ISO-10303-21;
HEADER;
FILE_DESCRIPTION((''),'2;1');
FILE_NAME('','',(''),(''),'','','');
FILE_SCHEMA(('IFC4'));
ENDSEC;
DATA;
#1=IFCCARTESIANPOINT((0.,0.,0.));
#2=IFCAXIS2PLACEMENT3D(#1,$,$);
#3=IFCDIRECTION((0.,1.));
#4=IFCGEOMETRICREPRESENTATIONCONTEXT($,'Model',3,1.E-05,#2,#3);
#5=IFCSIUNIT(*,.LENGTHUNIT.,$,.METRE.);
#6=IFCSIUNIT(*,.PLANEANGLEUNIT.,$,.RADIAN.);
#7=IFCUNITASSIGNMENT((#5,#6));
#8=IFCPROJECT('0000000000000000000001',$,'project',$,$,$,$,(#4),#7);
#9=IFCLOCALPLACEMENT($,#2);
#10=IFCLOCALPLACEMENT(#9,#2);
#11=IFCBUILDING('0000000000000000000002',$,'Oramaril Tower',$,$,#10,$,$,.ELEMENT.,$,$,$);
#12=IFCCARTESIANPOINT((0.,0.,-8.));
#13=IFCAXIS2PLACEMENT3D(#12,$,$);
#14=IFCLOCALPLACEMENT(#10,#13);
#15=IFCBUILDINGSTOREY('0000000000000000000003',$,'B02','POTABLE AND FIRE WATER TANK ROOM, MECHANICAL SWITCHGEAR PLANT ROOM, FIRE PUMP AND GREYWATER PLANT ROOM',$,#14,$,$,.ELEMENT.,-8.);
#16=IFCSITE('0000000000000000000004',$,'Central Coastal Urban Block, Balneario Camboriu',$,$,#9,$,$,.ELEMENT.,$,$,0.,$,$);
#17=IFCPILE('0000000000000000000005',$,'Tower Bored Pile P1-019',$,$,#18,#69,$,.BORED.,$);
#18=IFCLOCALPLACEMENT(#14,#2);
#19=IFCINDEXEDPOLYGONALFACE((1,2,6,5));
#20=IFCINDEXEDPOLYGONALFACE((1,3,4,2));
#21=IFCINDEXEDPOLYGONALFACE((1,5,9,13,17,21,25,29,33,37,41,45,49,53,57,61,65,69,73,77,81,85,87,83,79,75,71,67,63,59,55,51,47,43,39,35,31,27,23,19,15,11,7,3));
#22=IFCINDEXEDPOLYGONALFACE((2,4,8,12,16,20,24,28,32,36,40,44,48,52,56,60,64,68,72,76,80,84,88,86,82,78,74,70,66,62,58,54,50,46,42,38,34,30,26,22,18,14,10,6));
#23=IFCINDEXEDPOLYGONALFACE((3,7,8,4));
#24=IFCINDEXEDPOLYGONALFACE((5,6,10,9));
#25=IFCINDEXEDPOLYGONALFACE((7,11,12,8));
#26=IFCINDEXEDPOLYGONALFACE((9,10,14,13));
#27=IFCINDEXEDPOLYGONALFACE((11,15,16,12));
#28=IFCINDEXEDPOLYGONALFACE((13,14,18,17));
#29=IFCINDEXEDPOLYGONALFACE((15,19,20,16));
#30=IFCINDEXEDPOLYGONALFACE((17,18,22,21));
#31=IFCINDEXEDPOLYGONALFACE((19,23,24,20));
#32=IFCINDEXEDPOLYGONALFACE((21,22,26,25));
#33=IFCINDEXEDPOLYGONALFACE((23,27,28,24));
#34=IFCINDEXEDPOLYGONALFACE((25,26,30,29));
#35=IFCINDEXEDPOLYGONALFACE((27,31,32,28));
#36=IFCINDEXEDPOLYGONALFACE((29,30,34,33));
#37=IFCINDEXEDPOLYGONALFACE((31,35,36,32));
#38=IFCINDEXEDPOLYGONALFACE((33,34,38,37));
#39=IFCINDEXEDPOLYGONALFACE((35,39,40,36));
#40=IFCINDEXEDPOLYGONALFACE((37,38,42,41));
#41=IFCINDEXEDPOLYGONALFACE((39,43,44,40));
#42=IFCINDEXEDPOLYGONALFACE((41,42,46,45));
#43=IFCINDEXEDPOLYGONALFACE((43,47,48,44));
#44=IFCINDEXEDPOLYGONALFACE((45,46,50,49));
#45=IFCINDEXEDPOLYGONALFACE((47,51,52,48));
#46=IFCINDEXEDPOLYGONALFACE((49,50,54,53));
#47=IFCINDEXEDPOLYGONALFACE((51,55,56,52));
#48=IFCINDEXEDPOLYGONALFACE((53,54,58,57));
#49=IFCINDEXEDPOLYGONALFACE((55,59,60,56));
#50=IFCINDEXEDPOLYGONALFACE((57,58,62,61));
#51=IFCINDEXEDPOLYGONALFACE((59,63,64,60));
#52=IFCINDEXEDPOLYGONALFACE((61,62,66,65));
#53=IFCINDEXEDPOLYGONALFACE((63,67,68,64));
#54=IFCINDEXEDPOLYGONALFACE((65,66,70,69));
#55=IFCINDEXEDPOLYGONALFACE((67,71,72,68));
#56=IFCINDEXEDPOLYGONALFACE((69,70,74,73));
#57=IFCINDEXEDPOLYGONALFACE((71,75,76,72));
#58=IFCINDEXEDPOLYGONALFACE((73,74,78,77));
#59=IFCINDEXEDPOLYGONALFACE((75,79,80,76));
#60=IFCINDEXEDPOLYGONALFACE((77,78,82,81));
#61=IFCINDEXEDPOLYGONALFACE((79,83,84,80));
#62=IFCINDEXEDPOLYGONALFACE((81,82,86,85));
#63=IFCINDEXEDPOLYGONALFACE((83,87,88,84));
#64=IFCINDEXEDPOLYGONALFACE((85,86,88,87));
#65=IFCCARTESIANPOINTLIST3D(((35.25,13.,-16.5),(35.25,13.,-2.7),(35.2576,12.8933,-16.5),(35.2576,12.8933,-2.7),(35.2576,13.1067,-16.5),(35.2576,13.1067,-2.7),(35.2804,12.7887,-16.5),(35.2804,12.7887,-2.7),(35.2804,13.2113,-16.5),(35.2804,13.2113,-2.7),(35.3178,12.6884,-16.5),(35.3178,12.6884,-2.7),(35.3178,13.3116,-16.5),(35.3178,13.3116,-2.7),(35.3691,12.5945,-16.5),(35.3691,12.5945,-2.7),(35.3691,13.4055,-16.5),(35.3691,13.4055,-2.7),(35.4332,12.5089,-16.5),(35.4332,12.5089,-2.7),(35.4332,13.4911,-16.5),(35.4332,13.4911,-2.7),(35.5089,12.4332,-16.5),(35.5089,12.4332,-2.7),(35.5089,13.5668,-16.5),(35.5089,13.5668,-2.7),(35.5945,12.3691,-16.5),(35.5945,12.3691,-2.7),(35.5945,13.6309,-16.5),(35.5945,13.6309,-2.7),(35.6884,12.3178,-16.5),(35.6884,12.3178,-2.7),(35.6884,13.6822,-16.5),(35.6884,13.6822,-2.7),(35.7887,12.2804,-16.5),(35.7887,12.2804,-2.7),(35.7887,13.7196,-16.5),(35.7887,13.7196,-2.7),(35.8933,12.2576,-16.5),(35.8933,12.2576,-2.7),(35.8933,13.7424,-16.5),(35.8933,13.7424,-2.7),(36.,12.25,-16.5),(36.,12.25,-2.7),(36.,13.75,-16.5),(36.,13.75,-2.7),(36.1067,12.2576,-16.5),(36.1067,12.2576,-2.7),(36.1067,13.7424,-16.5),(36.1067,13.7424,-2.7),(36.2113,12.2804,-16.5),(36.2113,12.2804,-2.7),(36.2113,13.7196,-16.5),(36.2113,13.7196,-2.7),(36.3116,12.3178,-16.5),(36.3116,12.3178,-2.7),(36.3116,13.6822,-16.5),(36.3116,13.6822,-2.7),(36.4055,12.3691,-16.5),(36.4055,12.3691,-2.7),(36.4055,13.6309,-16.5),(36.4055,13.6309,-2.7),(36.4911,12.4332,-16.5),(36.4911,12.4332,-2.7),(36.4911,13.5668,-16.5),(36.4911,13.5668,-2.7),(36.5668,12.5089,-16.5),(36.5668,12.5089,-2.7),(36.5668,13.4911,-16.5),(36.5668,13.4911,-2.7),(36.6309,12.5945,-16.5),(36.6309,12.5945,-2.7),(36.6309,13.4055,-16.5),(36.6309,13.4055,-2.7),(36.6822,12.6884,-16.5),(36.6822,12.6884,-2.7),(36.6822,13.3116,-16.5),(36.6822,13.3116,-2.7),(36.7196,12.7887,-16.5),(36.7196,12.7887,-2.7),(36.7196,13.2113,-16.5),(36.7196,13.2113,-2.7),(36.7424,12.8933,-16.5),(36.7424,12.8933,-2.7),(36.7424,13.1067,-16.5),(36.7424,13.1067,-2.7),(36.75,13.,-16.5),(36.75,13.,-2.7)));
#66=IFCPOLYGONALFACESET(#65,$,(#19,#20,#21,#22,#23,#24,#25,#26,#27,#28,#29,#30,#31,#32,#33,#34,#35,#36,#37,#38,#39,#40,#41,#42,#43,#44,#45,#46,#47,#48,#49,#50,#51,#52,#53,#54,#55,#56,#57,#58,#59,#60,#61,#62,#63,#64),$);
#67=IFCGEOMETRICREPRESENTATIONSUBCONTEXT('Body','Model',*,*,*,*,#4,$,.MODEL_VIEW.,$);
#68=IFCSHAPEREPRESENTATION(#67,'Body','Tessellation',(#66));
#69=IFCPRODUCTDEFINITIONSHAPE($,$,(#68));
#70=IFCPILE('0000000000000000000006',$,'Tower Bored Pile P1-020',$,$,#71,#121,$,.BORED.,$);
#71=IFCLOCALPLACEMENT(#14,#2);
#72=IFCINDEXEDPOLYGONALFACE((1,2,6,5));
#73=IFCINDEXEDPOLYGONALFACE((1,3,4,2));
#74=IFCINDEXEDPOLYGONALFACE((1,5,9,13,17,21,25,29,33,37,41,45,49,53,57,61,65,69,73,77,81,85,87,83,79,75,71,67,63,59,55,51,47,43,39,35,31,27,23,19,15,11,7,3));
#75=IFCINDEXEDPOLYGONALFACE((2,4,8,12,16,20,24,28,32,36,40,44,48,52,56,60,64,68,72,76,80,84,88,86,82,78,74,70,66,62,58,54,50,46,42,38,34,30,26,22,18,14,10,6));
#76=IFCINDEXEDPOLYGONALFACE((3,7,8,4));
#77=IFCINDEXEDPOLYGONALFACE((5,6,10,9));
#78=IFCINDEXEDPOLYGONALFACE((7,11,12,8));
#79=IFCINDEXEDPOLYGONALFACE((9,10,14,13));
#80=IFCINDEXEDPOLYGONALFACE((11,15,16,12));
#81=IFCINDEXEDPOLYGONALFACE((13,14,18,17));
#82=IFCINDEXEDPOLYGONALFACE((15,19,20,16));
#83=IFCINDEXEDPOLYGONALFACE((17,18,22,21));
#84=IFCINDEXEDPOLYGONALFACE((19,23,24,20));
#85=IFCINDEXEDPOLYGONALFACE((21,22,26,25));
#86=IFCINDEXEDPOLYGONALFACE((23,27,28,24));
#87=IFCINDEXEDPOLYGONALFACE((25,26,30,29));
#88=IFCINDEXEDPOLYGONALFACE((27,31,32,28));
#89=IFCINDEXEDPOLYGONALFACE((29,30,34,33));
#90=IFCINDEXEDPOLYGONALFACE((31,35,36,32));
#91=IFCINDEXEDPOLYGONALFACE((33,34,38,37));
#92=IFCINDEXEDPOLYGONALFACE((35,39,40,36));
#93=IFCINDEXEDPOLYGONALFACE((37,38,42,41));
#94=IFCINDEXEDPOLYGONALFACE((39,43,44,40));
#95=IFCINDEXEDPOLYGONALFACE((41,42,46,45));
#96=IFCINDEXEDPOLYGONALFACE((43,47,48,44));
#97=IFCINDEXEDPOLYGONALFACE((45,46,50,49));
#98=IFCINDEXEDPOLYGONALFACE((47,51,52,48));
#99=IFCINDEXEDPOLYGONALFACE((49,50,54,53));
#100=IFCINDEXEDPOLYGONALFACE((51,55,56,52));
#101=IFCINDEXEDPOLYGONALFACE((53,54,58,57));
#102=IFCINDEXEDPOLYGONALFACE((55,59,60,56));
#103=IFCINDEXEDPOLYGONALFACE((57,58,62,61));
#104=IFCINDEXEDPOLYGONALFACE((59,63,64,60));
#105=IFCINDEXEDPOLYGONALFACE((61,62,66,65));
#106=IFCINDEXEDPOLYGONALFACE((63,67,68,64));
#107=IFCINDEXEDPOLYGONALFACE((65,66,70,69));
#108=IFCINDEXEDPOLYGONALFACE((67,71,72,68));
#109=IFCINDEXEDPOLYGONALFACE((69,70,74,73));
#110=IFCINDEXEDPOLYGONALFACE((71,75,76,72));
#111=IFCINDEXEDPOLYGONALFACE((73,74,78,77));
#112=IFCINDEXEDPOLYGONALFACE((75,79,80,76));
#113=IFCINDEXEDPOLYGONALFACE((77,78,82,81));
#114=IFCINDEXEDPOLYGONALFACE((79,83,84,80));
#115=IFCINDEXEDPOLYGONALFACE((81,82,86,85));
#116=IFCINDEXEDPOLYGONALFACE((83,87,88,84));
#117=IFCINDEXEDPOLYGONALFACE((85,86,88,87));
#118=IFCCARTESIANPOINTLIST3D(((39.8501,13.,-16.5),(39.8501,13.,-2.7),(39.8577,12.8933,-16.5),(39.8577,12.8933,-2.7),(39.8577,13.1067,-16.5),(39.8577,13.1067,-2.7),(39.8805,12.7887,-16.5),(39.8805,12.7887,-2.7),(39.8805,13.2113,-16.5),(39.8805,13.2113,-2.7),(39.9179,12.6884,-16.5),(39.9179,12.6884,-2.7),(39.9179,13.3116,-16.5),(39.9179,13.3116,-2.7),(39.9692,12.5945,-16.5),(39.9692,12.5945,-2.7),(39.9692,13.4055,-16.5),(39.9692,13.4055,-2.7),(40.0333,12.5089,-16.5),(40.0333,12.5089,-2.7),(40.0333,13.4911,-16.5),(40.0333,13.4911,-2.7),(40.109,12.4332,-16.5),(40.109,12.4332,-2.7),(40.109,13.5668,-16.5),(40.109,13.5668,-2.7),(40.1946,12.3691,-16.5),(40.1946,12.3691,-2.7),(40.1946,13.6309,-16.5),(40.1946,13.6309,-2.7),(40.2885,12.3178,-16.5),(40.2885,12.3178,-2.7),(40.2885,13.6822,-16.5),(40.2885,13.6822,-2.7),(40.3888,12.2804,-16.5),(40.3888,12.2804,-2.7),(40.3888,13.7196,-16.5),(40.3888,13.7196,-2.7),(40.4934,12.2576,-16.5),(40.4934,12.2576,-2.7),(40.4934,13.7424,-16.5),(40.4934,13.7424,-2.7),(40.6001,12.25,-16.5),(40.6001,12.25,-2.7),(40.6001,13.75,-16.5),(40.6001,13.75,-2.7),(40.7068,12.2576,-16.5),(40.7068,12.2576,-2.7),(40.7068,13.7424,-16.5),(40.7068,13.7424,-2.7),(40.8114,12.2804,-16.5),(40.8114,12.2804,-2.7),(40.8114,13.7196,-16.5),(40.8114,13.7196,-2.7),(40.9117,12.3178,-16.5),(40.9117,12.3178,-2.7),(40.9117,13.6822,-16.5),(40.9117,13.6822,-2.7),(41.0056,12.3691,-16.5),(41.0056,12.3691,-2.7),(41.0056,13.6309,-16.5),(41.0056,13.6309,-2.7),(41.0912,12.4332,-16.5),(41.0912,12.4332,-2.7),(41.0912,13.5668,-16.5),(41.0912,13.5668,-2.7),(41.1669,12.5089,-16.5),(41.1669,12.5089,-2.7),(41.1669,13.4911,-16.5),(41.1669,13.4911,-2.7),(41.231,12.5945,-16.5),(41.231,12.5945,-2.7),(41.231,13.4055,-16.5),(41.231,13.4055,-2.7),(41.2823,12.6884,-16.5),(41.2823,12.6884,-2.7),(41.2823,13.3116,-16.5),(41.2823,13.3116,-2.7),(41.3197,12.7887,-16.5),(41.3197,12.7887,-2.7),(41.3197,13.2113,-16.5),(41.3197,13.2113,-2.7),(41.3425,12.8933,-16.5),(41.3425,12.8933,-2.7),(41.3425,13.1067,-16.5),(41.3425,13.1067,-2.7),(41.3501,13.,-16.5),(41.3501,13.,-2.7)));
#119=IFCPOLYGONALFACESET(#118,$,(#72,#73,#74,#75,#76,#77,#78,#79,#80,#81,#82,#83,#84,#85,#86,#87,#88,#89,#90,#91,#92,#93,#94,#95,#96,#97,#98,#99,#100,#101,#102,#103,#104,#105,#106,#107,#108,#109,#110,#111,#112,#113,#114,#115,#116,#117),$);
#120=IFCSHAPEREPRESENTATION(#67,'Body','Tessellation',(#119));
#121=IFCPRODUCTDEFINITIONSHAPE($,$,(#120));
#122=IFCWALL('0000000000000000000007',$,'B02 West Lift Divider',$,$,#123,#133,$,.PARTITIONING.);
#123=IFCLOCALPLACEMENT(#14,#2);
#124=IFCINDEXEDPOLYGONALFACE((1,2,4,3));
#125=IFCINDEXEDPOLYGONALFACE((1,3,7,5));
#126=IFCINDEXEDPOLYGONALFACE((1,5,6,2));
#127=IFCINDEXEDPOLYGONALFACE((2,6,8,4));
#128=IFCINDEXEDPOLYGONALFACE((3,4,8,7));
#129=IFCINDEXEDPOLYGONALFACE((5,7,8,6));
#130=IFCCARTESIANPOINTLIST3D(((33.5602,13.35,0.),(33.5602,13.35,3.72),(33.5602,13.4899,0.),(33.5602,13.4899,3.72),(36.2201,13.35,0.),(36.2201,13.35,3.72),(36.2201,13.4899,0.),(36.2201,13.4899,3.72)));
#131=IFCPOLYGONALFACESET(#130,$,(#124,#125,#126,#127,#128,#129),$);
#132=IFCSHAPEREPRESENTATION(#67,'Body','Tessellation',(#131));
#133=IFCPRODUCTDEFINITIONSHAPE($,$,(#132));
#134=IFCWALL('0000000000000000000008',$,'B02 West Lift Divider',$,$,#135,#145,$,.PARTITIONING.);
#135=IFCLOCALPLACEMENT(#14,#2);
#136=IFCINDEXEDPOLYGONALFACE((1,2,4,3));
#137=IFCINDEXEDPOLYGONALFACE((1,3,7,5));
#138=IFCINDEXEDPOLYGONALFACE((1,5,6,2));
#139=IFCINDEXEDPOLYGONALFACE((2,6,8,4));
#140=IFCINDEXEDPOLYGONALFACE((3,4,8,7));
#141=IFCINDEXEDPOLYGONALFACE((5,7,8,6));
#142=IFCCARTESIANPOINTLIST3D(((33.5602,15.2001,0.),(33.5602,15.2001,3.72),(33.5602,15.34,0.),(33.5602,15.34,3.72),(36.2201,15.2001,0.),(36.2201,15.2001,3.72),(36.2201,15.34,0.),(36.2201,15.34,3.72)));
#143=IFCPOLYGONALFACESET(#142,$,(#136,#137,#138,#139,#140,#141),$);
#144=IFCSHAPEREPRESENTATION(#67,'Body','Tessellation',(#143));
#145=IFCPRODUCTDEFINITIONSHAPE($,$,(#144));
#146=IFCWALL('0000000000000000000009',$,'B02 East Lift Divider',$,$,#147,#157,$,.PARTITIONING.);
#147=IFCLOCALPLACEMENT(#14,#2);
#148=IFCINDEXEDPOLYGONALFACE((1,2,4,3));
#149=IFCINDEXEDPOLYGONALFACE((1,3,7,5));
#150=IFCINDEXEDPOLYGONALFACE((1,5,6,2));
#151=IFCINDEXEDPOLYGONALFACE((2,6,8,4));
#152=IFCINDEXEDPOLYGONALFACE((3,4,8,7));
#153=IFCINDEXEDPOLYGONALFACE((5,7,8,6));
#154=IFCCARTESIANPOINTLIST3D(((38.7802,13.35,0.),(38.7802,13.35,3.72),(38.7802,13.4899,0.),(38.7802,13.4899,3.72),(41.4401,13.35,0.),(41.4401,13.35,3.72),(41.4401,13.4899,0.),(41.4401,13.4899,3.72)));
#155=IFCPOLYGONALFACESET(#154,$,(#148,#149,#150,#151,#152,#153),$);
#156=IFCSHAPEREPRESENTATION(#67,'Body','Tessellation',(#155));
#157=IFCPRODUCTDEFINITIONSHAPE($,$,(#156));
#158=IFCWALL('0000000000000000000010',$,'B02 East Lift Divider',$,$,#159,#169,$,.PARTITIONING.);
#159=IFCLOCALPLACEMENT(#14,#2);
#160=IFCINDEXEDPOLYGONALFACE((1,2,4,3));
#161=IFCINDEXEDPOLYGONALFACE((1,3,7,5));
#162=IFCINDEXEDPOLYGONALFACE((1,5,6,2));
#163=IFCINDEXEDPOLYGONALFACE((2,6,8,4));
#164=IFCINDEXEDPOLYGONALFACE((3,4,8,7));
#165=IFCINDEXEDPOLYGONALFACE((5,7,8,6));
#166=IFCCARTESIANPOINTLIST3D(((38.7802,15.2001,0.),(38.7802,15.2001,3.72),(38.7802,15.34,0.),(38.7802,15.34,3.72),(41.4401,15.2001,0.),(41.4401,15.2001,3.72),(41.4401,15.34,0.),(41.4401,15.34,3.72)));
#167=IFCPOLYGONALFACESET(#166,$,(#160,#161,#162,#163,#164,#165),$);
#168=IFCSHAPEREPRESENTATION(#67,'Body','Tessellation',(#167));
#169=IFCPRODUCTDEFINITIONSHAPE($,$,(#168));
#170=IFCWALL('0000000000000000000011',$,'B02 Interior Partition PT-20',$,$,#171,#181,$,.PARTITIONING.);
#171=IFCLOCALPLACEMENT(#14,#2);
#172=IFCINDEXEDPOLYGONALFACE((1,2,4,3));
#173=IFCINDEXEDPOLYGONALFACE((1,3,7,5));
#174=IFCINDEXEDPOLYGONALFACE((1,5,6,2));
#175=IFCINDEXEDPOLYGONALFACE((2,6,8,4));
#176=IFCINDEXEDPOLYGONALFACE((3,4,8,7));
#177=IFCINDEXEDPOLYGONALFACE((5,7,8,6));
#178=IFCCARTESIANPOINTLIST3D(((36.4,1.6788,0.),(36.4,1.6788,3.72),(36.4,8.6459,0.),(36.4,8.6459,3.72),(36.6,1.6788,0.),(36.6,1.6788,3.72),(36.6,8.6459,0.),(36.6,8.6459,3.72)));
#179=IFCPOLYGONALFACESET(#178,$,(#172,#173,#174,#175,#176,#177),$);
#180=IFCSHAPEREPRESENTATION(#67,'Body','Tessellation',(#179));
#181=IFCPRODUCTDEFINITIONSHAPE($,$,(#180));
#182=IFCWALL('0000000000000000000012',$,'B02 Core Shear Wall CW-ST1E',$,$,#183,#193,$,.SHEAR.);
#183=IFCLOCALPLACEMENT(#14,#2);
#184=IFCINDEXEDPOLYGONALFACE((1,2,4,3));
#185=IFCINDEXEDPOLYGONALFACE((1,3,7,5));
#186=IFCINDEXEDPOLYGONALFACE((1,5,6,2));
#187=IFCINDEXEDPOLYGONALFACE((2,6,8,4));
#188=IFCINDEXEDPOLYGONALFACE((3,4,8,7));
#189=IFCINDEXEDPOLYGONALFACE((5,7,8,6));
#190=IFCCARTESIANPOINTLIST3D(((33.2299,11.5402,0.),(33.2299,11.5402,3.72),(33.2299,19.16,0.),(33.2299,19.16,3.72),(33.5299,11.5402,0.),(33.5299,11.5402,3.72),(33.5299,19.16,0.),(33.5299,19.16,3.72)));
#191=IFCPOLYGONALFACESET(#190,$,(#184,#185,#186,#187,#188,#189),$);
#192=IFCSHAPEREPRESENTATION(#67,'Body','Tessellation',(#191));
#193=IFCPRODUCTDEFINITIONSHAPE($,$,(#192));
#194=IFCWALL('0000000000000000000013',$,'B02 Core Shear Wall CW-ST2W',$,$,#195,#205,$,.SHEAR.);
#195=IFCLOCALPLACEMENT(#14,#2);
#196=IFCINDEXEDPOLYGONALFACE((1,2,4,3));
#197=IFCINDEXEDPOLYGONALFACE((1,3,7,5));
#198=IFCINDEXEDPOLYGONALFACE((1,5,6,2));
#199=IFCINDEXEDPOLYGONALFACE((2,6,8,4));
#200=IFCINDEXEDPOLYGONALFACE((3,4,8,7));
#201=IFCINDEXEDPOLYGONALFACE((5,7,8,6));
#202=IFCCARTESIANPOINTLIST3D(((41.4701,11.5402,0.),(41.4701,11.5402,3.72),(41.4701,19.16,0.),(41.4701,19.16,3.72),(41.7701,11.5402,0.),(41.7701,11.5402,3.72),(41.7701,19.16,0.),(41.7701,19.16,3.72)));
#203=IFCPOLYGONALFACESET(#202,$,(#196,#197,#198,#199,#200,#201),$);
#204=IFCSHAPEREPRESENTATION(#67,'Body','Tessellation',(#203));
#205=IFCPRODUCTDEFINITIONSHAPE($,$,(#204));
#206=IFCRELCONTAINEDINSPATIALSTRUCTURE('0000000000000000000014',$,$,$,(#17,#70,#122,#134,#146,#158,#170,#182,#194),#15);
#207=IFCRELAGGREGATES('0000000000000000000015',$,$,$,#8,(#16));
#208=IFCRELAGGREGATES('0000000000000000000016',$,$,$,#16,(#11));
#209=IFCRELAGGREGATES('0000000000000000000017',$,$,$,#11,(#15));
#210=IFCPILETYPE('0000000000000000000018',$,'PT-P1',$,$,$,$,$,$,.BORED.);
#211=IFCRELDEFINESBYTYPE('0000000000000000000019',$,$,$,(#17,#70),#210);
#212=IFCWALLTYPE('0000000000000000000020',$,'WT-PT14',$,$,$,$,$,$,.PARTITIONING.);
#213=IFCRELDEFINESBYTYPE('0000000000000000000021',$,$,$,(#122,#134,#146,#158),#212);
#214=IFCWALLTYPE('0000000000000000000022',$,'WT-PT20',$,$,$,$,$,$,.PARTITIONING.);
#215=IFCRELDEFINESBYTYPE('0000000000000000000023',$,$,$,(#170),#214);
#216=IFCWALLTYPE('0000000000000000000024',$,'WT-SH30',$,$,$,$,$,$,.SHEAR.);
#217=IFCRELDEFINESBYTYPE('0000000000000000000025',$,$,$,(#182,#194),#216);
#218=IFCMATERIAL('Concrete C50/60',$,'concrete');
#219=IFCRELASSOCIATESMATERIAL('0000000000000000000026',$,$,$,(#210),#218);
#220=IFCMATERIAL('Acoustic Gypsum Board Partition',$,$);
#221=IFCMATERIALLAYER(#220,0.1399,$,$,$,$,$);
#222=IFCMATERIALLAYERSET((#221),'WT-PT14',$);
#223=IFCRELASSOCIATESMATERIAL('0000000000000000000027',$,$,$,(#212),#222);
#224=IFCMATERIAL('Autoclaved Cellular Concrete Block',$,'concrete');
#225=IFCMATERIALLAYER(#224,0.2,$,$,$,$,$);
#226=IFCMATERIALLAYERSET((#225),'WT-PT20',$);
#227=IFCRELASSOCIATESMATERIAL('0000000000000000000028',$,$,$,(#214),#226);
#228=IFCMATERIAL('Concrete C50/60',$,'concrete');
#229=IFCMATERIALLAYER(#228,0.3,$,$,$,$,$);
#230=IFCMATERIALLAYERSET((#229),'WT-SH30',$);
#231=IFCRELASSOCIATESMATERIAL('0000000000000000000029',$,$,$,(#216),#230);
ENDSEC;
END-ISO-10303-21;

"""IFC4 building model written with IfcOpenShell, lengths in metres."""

from ifc_helpers import new_model, si_unit, direction, frame, frame_2d, origin, origin_2d, place, context, subcontext, project, spatial, rectangle, circle, extrude, material, layer, layer_set, material_profile, profile_set, type_object, element, save


model = new_model("IFC4")

# Units and contexts
model_context = context("Model", 3, precision=1e-05, world=origin(), true_north=direction((0.0, 1.0)))
body_context = subcontext(model_context, "Body", "Model", "MODEL_VIEW")
ifc_project = project(units=[si_unit("LENGTHUNIT", "METRE"), si_unit("PLANEANGLEUNIT", "RADIAN")], contexts=[model_context])

# Site, building, storey
site_placement = place(None, origin())
site = spatial("IfcSite", under=ifc_project, at=site_placement, Name="Central Coastal Urban Block, Balneario Camboriu", CompositionType="ELEMENT", RefElevation=0.0)
building_placement = place(site_placement, origin())
building = spatial("IfcBuilding", under=site, at=building_placement, Name="Oramaril Tower", CompositionType="ELEMENT")
storey_placement = place(building_placement, frame((0.0, 0.0, -8.0)))
storey = spatial("IfcBuildingStorey", under=building, at=storey_placement, Name="B02", Description="POTABLE AND FIRE WATER TANK ROOM, MECHANICAL SWITCHGEAR PLANT ROOM, FIRE PUMP AND GREYWATER PLANT ROOM", CompositionType="ELEMENT", Elevation=-8.0)

# Piles
ifc_material_1 = material(Name="Concrete C50/60", Category="concrete")
ifc_material_profile = material_profile(ifc_material_1, circle(Radius=0.75, at=origin_2d()), Name="D1500")
ifc_profile_set = profile_set([ifc_material_profile], Name="Concrete C50/60")
pile_type = type_object("IfcPileType", Name="PT-P1", PredefinedType="BORED", material=ifc_profile_set)
for number, where, z_axis, x_axis, name in (
    (1, (36.0, 13.0, -2.7), (0.0, 0.0, -1.0), (1.0, 0.0, 0.0), "Tower Bored Pile P1-019"),
    (2, (40.6001, 13.0, -2.7), (0.0, 0.0, -1.0), (1.0, 0.0, 0.0), "Tower Bored Pile P1-020"),
):
    element("IfcPile", number, at=place(storey_placement, frame(where, z_axis=z_axis, x_axis=x_axis)), inside=storey, type_object=pile_type, Name=name, PredefinedType="BORED", context=body_context, shape_type="SweptSolid", body=[
        extrude(circle(Radius=0.75, at=origin_2d()), origin(), (0.0, 0.0, 1.0), 13.8),
    ])

# Walls
ifc_material_2 = material(Name="Acoustic Gypsum Board Partition")
ifc_layer_1 = layer(ifc_material_2, 0.1399)
ifc_layer_set_1 = layer_set([ifc_layer_1], Name="WT-PT14")
wall_type_1 = type_object("IfcWallType", Name="WT-PT14", PredefinedType="PARTITIONING", material=ifc_layer_set_1)
for number, where, z_axis, x_axis, name in (
    (3, (33.5601, 13.4199, 0.0), (0.0, 0.0, 1.0), (1.0, 0.0, 0.0), "B02 West Lift Divider"),
    (4, (33.5601, 15.27, 0.0), (0.0, 0.0, 1.0), (1.0, 0.0, 0.0), "B02 West Lift Divider"),
    (5, (38.78, 13.4199, 0.0), (0.0, 0.0, 1.0), (1.0, 0.0, 0.0), "B02 East Lift Divider"),
    (6, (38.78, 15.27, 0.0), (0.0, 0.0, 1.0), (1.0, 0.0, 0.0), "B02 East Lift Divider"),
):
    element("IfcWall", number, at=place(storey_placement, frame(where, z_axis=z_axis, x_axis=x_axis)), inside=storey, type_object=wall_type_1, Name=name, PredefinedType="PARTITIONING", context=body_context, shape_type="SweptSolid", body=[
        extrude(rectangle(XDim=2.6599, YDim=0.1399, at=frame_2d((1.3301, 0.0))), origin(), (0.0, 0.0, 1.0), 3.72),
    ])
ifc_material_3 = material(Name="Autoclaved Cellular Concrete Block", Category="concrete")
ifc_layer_2 = layer(ifc_material_3, 0.2)
ifc_layer_set_2 = layer_set([ifc_layer_2], Name="WT-PT20")
wall_type_2 = type_object("IfcWallType", Name="WT-PT20", PredefinedType="PARTITIONING", material=ifc_layer_set_2)
wall_1_placement = place(storey_placement, frame((36.5, 1.679, 0.0), z_axis=(0.0, 0.0, 1.0), x_axis=(0.0, 1.0, 0.0)))
element("IfcWall", 7, at=wall_1_placement, inside=storey, type_object=wall_type_2, Name="B02 Interior Partition PT-20", PredefinedType="PARTITIONING", context=body_context, shape_type="SweptSolid", body=[
    extrude(rectangle(XDim=6.967, YDim=0.2, at=frame_2d((3.4834, 0.0))), origin(), (0.0, 0.0, 1.0), 3.72),
])
ifc_material_4 = material(Name="Concrete C50/60", Category="concrete")
ifc_layer_3 = layer(ifc_material_4, 0.3)
ifc_layer_set_3 = layer_set([ifc_layer_3], Name="WT-SH30")
wall_type_3 = type_object("IfcWallType", Name="WT-SH30", PredefinedType="SHEAR", material=ifc_layer_set_3)
for number, where, z_axis, x_axis, name in (
    (8, (33.3799, 11.54, 0.0), (0.0, 0.0, 1.0), (0.0, 1.0, 0.0), "B02 Core Shear Wall CW-ST1E"),
    (9, (41.6201, 11.54, 0.0), (0.0, 0.0, 1.0), (0.0, 1.0, 0.0), "B02 Core Shear Wall CW-ST2W"),
):
    element("IfcWall", number, at=place(storey_placement, frame(where, z_axis=z_axis, x_axis=x_axis)), inside=storey, type_object=wall_type_3, Name=name, PredefinedType="SHEAR", context=body_context, shape_type="SweptSolid", body=[
        extrude(rectangle(XDim=7.6199, YDim=0.3, at=frame_2d((3.8101, 0.0))), origin(), (0.0, 0.0, 1.0), 3.72),
    ])

save(model, "model.ifc")
